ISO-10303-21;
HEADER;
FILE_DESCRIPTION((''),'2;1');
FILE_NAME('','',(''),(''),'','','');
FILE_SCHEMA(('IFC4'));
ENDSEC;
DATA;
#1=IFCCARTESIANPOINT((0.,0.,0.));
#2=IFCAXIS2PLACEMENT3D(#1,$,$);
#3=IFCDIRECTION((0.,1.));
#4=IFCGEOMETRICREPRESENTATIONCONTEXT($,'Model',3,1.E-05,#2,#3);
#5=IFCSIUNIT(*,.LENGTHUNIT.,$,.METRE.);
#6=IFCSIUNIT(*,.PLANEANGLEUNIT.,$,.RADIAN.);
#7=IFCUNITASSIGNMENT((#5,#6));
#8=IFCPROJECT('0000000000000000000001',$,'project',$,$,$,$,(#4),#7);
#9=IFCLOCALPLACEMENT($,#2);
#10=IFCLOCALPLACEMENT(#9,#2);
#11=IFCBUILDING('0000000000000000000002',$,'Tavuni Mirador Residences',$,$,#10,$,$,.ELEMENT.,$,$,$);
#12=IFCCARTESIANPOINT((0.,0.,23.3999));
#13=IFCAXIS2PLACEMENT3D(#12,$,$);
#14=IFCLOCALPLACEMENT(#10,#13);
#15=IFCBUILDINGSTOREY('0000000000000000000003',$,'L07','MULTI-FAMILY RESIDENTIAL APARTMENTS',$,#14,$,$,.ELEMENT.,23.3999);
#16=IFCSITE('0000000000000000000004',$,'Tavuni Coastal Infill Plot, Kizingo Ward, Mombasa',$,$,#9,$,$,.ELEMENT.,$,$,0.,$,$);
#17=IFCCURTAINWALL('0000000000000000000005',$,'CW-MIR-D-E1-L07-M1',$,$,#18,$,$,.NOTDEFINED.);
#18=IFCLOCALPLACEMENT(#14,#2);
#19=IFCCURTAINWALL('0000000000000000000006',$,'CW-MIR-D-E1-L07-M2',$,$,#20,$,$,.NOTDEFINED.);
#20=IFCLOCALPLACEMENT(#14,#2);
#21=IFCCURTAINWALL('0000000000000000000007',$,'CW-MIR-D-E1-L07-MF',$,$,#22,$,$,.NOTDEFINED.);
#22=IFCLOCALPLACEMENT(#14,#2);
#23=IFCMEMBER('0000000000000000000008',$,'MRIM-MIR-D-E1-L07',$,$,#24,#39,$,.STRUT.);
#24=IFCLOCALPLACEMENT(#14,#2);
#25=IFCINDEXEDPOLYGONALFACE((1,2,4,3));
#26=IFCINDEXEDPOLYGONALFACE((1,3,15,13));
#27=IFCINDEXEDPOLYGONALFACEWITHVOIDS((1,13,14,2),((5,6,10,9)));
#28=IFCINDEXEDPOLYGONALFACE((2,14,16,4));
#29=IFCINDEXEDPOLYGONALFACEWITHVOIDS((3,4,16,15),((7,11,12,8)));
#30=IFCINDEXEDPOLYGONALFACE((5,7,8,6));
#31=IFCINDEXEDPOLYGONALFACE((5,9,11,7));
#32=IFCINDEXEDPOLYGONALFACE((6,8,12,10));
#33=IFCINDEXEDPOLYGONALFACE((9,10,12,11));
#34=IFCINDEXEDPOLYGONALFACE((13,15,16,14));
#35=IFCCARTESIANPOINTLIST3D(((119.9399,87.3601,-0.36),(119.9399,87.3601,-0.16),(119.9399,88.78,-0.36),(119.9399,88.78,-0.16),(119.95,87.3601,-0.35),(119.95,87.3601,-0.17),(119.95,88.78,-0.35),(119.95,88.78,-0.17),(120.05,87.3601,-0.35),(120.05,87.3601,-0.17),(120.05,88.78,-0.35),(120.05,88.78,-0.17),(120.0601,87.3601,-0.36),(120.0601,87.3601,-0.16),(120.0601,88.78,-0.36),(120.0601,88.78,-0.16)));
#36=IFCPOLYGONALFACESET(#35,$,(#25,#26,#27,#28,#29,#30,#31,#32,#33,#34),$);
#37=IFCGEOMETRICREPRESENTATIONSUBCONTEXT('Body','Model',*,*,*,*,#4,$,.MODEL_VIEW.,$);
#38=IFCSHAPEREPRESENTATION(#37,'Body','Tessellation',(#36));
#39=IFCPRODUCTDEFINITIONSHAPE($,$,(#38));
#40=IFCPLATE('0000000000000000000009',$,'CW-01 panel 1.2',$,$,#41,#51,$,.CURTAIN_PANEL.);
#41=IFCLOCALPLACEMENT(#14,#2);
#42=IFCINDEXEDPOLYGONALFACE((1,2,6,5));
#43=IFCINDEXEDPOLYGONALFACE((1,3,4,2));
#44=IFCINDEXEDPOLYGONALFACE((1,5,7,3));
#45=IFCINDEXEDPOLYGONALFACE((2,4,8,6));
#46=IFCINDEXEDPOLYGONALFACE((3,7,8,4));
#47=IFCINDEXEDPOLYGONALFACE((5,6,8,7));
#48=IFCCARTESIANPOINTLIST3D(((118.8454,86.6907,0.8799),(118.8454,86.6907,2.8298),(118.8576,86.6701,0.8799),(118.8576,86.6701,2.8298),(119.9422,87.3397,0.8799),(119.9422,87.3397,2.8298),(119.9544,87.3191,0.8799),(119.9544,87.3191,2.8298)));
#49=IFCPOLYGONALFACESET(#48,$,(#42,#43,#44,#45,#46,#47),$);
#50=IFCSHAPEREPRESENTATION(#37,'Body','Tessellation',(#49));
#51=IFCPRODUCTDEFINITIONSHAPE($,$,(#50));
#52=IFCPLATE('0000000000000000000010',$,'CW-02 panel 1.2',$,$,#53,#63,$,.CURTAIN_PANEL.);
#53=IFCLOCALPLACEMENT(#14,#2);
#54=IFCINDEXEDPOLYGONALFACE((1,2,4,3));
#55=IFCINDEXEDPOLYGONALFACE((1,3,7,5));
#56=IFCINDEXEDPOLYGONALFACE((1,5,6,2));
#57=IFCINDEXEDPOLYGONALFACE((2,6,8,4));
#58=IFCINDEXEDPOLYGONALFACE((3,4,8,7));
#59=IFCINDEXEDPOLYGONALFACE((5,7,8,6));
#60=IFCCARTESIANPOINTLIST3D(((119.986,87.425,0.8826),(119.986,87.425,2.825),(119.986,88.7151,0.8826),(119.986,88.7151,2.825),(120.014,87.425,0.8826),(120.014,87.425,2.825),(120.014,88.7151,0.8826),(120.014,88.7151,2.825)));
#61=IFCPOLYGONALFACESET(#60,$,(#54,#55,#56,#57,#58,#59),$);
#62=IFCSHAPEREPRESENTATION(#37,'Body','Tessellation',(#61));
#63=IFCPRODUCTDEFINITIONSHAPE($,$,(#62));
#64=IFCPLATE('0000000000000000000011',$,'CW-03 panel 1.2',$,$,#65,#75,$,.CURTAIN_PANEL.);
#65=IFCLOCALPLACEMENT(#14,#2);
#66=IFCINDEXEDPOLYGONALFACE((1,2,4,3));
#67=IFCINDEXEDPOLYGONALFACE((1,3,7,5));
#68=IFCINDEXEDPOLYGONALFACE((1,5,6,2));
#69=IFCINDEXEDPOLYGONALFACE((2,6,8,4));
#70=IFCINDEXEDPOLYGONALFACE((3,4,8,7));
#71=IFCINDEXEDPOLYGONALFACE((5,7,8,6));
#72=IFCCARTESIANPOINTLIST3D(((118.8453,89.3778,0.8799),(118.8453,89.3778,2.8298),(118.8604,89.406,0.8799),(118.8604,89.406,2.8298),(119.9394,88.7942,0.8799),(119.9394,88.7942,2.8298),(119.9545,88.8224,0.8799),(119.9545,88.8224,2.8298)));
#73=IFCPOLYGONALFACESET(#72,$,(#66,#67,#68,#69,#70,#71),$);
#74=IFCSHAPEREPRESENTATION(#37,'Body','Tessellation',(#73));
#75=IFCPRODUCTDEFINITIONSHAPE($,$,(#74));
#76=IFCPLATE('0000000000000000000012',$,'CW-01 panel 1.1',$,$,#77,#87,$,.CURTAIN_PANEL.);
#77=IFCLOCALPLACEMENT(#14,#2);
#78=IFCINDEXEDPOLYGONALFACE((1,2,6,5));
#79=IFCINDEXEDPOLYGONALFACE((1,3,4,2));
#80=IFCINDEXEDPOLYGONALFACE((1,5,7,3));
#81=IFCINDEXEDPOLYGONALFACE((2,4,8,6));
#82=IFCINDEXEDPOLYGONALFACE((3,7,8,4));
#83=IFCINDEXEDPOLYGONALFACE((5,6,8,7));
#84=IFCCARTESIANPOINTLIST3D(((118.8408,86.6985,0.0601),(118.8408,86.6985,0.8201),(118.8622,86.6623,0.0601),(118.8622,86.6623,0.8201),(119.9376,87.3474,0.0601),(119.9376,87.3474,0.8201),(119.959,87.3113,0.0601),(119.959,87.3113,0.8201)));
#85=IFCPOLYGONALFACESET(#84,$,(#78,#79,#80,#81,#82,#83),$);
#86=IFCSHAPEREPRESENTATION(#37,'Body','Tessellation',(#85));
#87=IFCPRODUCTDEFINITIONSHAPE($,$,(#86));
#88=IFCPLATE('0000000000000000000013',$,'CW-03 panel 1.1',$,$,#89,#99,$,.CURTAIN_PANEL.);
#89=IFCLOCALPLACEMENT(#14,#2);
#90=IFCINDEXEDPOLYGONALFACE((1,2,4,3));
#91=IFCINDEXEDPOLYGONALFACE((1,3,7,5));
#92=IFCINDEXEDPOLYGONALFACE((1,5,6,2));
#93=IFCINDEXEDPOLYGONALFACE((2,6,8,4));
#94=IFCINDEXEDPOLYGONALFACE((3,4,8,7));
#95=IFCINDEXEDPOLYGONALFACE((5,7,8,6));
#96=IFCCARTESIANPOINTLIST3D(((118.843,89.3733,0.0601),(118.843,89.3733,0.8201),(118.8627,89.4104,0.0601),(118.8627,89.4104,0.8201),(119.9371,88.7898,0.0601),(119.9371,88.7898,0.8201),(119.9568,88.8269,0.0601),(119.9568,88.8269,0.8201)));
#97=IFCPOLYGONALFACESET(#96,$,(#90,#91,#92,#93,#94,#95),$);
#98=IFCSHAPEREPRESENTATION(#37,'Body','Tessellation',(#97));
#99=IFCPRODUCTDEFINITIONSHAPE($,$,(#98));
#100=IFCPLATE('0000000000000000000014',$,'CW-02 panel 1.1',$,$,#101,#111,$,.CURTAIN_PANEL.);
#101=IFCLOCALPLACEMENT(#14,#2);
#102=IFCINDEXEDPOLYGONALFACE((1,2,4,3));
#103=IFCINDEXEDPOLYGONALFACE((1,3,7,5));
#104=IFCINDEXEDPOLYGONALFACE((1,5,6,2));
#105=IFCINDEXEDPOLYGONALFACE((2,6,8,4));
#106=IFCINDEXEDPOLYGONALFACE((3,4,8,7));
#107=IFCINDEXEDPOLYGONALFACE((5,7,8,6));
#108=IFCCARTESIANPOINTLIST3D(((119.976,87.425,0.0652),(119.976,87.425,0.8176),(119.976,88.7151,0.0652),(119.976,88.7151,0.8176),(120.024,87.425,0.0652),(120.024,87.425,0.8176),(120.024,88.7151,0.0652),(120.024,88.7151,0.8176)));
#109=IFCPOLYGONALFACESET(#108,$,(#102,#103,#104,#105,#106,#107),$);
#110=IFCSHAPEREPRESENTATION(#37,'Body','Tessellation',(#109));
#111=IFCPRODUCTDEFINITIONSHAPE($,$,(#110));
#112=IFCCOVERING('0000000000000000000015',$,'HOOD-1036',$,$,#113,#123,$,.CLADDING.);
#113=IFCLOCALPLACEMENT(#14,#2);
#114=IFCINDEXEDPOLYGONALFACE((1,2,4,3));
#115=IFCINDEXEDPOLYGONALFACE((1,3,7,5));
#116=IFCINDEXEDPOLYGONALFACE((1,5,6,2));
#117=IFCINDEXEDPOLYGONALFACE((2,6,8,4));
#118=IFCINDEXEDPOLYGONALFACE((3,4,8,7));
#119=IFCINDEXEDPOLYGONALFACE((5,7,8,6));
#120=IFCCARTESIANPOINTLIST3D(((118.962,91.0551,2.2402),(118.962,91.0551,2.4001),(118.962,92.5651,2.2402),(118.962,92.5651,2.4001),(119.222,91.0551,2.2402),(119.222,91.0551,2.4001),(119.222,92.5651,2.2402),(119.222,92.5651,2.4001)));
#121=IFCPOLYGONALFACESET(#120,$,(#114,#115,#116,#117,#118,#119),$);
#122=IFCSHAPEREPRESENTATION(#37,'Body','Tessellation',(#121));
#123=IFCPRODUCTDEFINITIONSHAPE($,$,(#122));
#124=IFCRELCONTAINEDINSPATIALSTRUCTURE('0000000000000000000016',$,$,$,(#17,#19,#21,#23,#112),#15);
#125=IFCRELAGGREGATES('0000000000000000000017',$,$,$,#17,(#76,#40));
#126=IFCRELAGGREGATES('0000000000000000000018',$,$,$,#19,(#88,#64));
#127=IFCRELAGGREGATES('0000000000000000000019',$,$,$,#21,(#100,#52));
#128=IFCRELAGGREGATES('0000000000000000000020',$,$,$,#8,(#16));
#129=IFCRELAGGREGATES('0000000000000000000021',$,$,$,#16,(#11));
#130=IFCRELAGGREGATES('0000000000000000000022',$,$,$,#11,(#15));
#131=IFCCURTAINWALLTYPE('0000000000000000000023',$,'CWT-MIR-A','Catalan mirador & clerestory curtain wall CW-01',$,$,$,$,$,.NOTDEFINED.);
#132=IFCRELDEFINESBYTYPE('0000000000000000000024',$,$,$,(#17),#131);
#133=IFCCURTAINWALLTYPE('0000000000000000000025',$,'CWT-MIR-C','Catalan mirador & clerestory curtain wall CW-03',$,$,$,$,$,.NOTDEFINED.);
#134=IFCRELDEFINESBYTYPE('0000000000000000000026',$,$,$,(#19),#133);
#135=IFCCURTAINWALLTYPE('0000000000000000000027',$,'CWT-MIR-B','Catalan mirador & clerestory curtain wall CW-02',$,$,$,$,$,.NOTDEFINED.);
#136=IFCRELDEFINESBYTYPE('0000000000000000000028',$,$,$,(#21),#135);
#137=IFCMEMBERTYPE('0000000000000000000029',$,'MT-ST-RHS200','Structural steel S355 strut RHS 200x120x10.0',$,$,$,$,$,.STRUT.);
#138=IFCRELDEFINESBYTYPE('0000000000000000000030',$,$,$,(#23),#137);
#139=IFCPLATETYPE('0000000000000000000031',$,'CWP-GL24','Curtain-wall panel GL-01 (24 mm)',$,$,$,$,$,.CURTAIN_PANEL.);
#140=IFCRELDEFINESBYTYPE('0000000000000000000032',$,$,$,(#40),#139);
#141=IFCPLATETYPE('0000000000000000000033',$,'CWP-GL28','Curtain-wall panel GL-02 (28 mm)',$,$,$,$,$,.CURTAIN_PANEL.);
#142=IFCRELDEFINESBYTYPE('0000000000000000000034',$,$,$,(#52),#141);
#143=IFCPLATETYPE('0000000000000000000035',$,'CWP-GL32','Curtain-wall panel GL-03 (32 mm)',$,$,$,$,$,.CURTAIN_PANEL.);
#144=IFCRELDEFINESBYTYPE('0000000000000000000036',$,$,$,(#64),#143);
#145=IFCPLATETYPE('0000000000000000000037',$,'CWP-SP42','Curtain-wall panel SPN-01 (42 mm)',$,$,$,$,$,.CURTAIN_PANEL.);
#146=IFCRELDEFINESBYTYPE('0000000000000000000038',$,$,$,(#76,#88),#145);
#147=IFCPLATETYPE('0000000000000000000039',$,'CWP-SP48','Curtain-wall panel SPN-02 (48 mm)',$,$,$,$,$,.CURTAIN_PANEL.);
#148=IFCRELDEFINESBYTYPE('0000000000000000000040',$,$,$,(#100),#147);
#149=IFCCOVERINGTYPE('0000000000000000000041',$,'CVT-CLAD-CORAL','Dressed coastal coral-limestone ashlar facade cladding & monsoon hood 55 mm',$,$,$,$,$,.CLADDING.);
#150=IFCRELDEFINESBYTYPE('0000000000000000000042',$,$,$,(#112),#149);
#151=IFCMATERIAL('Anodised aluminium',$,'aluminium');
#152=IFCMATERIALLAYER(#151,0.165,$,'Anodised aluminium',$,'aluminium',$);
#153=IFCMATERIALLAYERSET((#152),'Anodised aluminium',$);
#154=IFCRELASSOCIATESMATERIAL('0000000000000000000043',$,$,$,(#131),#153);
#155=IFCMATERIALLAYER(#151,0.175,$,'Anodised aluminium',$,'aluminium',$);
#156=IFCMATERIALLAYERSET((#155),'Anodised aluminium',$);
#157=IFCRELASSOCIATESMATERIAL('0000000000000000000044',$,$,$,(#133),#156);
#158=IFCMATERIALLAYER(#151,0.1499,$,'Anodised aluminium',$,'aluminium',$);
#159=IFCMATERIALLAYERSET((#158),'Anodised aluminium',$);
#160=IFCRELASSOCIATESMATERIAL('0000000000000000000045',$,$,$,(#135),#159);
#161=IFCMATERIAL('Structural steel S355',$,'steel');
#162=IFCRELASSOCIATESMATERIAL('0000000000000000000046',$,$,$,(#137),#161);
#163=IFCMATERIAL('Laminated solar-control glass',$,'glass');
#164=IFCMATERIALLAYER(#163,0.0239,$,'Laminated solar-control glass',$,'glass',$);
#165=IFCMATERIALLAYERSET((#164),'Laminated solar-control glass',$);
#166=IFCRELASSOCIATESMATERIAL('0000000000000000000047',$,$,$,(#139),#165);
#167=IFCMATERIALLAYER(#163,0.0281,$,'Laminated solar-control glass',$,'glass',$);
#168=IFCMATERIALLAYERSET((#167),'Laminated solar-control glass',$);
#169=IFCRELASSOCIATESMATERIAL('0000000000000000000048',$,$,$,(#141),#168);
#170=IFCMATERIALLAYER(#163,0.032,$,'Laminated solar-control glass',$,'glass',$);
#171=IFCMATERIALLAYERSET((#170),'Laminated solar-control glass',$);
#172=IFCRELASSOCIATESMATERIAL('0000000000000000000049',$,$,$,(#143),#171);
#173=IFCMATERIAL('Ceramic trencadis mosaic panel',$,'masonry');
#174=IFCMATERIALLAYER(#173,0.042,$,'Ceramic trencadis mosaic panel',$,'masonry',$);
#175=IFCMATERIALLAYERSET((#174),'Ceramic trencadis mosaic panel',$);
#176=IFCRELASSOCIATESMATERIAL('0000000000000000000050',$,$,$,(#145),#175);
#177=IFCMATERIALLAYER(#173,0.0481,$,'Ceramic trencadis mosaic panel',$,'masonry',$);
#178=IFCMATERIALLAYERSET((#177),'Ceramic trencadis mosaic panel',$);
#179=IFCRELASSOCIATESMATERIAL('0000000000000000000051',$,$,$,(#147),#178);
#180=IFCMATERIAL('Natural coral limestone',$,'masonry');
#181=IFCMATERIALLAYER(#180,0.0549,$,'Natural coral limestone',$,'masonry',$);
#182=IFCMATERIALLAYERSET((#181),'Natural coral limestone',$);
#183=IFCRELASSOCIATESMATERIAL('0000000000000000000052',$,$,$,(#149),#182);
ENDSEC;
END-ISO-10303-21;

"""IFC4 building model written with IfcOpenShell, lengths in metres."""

from ifc_helpers import new_model, si_unit, direction, frame, origin, origin_2d, place, context, subcontext, project, spatial, rectangle, hollow_rectangle, extrude, material, layer, layer_set, material_profile, profile_set, type_object, element, aggregate, save


model = new_model("IFC4")

# Units and contexts
model_context = context("Model", 3, precision=1e-05, world=origin(), true_north=direction((0.0, 1.0)))
body_context = subcontext(model_context, "Body", "Model", "MODEL_VIEW")
ifc_project = project(units=[si_unit("LENGTHUNIT", "METRE"), si_unit("PLANEANGLEUNIT", "RADIAN")], contexts=[model_context])

# Site, building, storey
site_placement = place(None, origin())
site = spatial("IfcSite", under=ifc_project, at=site_placement, Name="Tavuni Coastal Infill Plot, Kizingo Ward, Mombasa", CompositionType="ELEMENT", RefElevation=0.0)
building_placement = place(site_placement, origin())
building = spatial("IfcBuilding", under=site, at=building_placement, Name="Tavuni Mirador Residences", CompositionType="ELEMENT")
storey_placement = place(building_placement, frame((0.0, 0.0, 23.3999)))
storey = spatial("IfcBuildingStorey", under=building, at=storey_placement, Name="L07", Description="MULTI-FAMILY RESIDENTIAL APARTMENTS", CompositionType="ELEMENT", Elevation=23.3999)

# Curtain walls
ifc_material_1 = material(Name="Anodised aluminium", Category="aluminium")
ifc_layer_1 = layer(ifc_material_1, 0.165, Name="Anodised aluminium", Category="aluminium")
ifc_layer_set_1 = layer_set([ifc_layer_1], Name="Anodised aluminium")
curtain_wall_type_1 = type_object("IfcCurtainWallType", Name="CWT-MIR-A", Description="Catalan mirador & clerestory curtain wall CW-01", PredefinedType="NOTDEFINED", material=ifc_layer_set_1)
curtain_wall_1_placement = place(storey_placement, origin())
curtain_wall_1 = element("IfcCurtainWall", 1, at=curtain_wall_1_placement, inside=storey, type_object=curtain_wall_type_1, Name="CW-MIR-D-E1-L07-M1", PredefinedType="NOTDEFINED")
ifc_layer_2 = layer(ifc_material_1, 0.175, Name="Anodised aluminium", Category="aluminium")
ifc_layer_set_2 = layer_set([ifc_layer_2], Name="Anodised aluminium")
curtain_wall_type_2 = type_object("IfcCurtainWallType", Name="CWT-MIR-C", Description="Catalan mirador & clerestory curtain wall CW-03", PredefinedType="NOTDEFINED", material=ifc_layer_set_2)
curtain_wall_2_placement = place(storey_placement, origin())
curtain_wall_2 = element("IfcCurtainWall", 2, at=curtain_wall_2_placement, inside=storey, type_object=curtain_wall_type_2, Name="CW-MIR-D-E1-L07-M2", PredefinedType="NOTDEFINED")

# Curtain wall
ifc_layer_3 = layer(ifc_material_1, 0.1499, Name="Anodised aluminium", Category="aluminium")
ifc_layer_set_3 = layer_set([ifc_layer_3], Name="Anodised aluminium")
curtain_wall_type_3 = type_object("IfcCurtainWallType", Name="CWT-MIR-B", Description="Catalan mirador & clerestory curtain wall CW-02", PredefinedType="NOTDEFINED", material=ifc_layer_set_3)
curtain_wall_3_placement = place(storey_placement, origin())
curtain_wall_3 = element("IfcCurtainWall", 3, at=curtain_wall_3_placement, inside=storey, type_object=curtain_wall_type_3, Name="CW-MIR-D-E1-L07-MF", PredefinedType="NOTDEFINED")

# Member
ifc_material_2 = material(Name="Structural steel S355", Category="steel")
ifc_material_profile_1 = material_profile(ifc_material_2, hollow_rectangle(XDim=0.1201, YDim=0.2, WallThickness=0.01, at=origin_2d()), Name="RHS 200x120x10.0", Category="steel")
ifc_profile_set_1 = profile_set([ifc_material_profile_1], Name="Structural steel S355")
member_type_1 = type_object("IfcMemberType", Name="MT-ST-RHS200", Description="Structural steel S355 strut RHS 200x120x10.0", PredefinedType="STRUT", material=ifc_profile_set_1)
member_1_placement = place(storey_placement, frame((120.0, 87.3601, -0.26), z_axis=(0.0, 1.0, 0.0), x_axis=(-1.0, 0.0, 0.0)))
element("IfcMember", 4, at=member_1_placement, inside=storey, type_object=member_type_1, Name="MRIM-MIR-D-E1-L07", PredefinedType="STRUT", context=body_context, shape_type="SweptSolid", body=[
    extrude(hollow_rectangle(XDim=0.1201, YDim=0.2, WallThickness=0.01, at=origin_2d()), origin(), (0.0, 0.0, 1.0), 1.4199),
])

# Plates
ifc_material_3 = material(Name="Laminated solar-control glass", Category="glass")
ifc_layer_4 = layer(ifc_material_3, 0.0239, Name="Laminated solar-control glass", Category="glass")
ifc_layer_set_4 = layer_set([ifc_layer_4], Name="Laminated solar-control glass")
plate_type_1 = type_object("IfcPlateType", Name="CWP-GL24", Description="Curtain-wall panel GL-01 (24 mm)", PredefinedType="CURTAIN_PANEL", material=ifc_layer_set_4)
plate_1_placement = place(storey_placement, frame((119.3999, 87.0049, 0.8799), z_axis=(0.0, 0.0, 1.0), x_axis=(0.860641, 0.509212, 0.0)))
plate_1 = element("IfcPlate", 5, at=plate_1_placement, type_object=plate_type_1, Name="CW-01 panel 1.2", PredefinedType="CURTAIN_PANEL", context=body_context, shape_type="SweptSolid", body=[
    extrude(rectangle(XDim=1.2744, YDim=0.0239, at=origin_2d()), origin(), (0.0, 0.0, 1.0), 1.95),
])
ifc_layer_5 = layer(ifc_material_3, 0.0281, Name="Laminated solar-control glass", Category="glass")
ifc_layer_set_5 = layer_set([ifc_layer_5], Name="Laminated solar-control glass")
plate_type_2 = type_object("IfcPlateType", Name="CWP-GL28", Description="Curtain-wall panel GL-02 (28 mm)", PredefinedType="CURTAIN_PANEL", material=ifc_layer_set_5)
plate_2_placement = place(storey_placement, frame((120.0, 88.0701, 0.8826), z_axis=(0.0, 0.0, 1.0), x_axis=(0.0, 1.0, 0.0)))
plate_2 = element("IfcPlate", 6, at=plate_2_placement, type_object=plate_type_2, Name="CW-02 panel 1.2", PredefinedType="CURTAIN_PANEL", context=body_context, shape_type="SweptSolid", body=[
    extrude(rectangle(XDim=1.29, YDim=0.0281, at=origin_2d()), origin(), (0.0, 0.0, 1.0), 1.9424),
])
ifc_layer_6 = layer(ifc_material_3, 0.032, Name="Laminated solar-control glass", Category="glass")
ifc_layer_set_6 = layer_set([ifc_layer_6], Name="Laminated solar-control glass")
plate_type_3 = type_object("IfcPlateType", Name="CWP-GL32", Description="Curtain-wall panel GL-03 (32 mm)", PredefinedType="CURTAIN_PANEL", material=ifc_layer_set_6)
plate_3_placement = place(storey_placement, frame((119.3999, 89.1001, 0.8799), z_axis=(0.0, 0.0, 1.0), x_axis=(-0.882353, 0.470588, 0.0)))
plate_3 = element("IfcPlate", 7, at=plate_3_placement, type_object=plate_type_3, Name="CW-03 panel 1.2", PredefinedType="CURTAIN_PANEL", context=body_context, shape_type="SweptSolid", body=[
    extrude(rectangle(XDim=1.24, YDim=0.032, at=origin_2d()), origin(), (0.0, 0.0, 1.0), 1.95),
])
ifc_material_4 = material(Name="Ceramic trencadis mosaic panel", Category="masonry")
ifc_layer_7 = layer(ifc_material_4, 0.042, Name="Ceramic trencadis mosaic panel", Category="masonry")
ifc_layer_set_7 = layer_set([ifc_layer_7], Name="Ceramic trencadis mosaic panel")
plate_type_4 = type_object("IfcPlateType", Name="CWP-SP42", Description="Curtain-wall panel SPN-01 (42 mm)", PredefinedType="CURTAIN_PANEL", material=ifc_layer_set_7)
plate_4_placement = place(storey_placement, frame((119.3999, 87.0049, 0.0601), z_axis=(0.0, 0.0, 1.0), x_axis=(0.860641, 0.509212, 0.0)))
plate_4 = element("IfcPlate", 8, at=plate_4_placement, type_object=plate_type_4, Name="CW-01 panel 1.1", PredefinedType="CURTAIN_PANEL", context=body_context, shape_type="SweptSolid", body=[
    extrude(rectangle(XDim=1.2744, YDim=0.042, at=origin_2d()), origin(), (0.0, 0.0, 1.0), 0.76),
])
aggregate(curtain_wall_1, [plate_4, plate_1])
plate_5_placement = place(storey_placement, frame((119.3999, 89.1001, 0.0601), z_axis=(0.0, 0.0, 1.0), x_axis=(-0.882353, 0.470588, 0.0)))
plate_5 = element("IfcPlate", 9, at=plate_5_placement, type_object=plate_type_4, Name="CW-03 panel 1.1", PredefinedType="CURTAIN_PANEL", context=body_context, shape_type="SweptSolid", body=[
    extrude(rectangle(XDim=1.24, YDim=0.042, at=origin_2d()), origin(), (0.0, 0.0, 1.0), 0.76),
])
aggregate(curtain_wall_2, [plate_5, plate_3])
ifc_layer_8 = layer(ifc_material_4, 0.0481, Name="Ceramic trencadis mosaic panel", Category="masonry")
ifc_layer_set_8 = layer_set([ifc_layer_8], Name="Ceramic trencadis mosaic panel")
plate_type_5 = type_object("IfcPlateType", Name="CWP-SP48", Description="Curtain-wall panel SPN-02 (48 mm)", PredefinedType="CURTAIN_PANEL", material=ifc_layer_set_8)
plate_6_placement = place(storey_placement, frame((120.0, 88.0701, 0.0652), z_axis=(0.0, 0.0, 1.0), x_axis=(0.0, 1.0, 0.0)))
plate_6 = element("IfcPlate", 10, at=plate_6_placement, type_object=plate_type_5, Name="CW-02 panel 1.1", PredefinedType="CURTAIN_PANEL", context=body_context, shape_type="SweptSolid", body=[
    extrude(rectangle(XDim=1.29, YDim=0.0481, at=origin_2d()), origin(), (0.0, 0.0, 1.0), 0.7524),
])
aggregate(curtain_wall_3, [plate_6, plate_2])

# Covering
ifc_material_5 = material(Name="Natural coral limestone", Category="masonry")
ifc_layer_9 = layer(ifc_material_5, 0.0549, Name="Natural coral limestone", Category="masonry")
ifc_layer_set_9 = layer_set([ifc_layer_9], Name="Natural coral limestone")
covering_type = type_object("IfcCoveringType", Name="CVT-CLAD-CORAL", Description="Dressed coastal coral-limestone ashlar facade cladding & monsoon hood 55 mm", PredefinedType="CLADDING", material=ifc_layer_set_9)
covering_placement = place(storey_placement, frame((119.092, 91.8101, 2.2402), z_axis=(0.0, 0.0, 1.0), x_axis=(0.0, 1.0, 0.0)))
element("IfcCovering", 11, at=covering_placement, inside=storey, type_object=covering_type, Name="HOOD-1036", PredefinedType="CLADDING", context=body_context, shape_type="SweptSolid", body=[
    extrude(rectangle(XDim=1.51, YDim=0.26, at=origin_2d()), origin(), (0.0, 0.0, 1.0), 0.1599),
])

save(model, "model.ifc")
